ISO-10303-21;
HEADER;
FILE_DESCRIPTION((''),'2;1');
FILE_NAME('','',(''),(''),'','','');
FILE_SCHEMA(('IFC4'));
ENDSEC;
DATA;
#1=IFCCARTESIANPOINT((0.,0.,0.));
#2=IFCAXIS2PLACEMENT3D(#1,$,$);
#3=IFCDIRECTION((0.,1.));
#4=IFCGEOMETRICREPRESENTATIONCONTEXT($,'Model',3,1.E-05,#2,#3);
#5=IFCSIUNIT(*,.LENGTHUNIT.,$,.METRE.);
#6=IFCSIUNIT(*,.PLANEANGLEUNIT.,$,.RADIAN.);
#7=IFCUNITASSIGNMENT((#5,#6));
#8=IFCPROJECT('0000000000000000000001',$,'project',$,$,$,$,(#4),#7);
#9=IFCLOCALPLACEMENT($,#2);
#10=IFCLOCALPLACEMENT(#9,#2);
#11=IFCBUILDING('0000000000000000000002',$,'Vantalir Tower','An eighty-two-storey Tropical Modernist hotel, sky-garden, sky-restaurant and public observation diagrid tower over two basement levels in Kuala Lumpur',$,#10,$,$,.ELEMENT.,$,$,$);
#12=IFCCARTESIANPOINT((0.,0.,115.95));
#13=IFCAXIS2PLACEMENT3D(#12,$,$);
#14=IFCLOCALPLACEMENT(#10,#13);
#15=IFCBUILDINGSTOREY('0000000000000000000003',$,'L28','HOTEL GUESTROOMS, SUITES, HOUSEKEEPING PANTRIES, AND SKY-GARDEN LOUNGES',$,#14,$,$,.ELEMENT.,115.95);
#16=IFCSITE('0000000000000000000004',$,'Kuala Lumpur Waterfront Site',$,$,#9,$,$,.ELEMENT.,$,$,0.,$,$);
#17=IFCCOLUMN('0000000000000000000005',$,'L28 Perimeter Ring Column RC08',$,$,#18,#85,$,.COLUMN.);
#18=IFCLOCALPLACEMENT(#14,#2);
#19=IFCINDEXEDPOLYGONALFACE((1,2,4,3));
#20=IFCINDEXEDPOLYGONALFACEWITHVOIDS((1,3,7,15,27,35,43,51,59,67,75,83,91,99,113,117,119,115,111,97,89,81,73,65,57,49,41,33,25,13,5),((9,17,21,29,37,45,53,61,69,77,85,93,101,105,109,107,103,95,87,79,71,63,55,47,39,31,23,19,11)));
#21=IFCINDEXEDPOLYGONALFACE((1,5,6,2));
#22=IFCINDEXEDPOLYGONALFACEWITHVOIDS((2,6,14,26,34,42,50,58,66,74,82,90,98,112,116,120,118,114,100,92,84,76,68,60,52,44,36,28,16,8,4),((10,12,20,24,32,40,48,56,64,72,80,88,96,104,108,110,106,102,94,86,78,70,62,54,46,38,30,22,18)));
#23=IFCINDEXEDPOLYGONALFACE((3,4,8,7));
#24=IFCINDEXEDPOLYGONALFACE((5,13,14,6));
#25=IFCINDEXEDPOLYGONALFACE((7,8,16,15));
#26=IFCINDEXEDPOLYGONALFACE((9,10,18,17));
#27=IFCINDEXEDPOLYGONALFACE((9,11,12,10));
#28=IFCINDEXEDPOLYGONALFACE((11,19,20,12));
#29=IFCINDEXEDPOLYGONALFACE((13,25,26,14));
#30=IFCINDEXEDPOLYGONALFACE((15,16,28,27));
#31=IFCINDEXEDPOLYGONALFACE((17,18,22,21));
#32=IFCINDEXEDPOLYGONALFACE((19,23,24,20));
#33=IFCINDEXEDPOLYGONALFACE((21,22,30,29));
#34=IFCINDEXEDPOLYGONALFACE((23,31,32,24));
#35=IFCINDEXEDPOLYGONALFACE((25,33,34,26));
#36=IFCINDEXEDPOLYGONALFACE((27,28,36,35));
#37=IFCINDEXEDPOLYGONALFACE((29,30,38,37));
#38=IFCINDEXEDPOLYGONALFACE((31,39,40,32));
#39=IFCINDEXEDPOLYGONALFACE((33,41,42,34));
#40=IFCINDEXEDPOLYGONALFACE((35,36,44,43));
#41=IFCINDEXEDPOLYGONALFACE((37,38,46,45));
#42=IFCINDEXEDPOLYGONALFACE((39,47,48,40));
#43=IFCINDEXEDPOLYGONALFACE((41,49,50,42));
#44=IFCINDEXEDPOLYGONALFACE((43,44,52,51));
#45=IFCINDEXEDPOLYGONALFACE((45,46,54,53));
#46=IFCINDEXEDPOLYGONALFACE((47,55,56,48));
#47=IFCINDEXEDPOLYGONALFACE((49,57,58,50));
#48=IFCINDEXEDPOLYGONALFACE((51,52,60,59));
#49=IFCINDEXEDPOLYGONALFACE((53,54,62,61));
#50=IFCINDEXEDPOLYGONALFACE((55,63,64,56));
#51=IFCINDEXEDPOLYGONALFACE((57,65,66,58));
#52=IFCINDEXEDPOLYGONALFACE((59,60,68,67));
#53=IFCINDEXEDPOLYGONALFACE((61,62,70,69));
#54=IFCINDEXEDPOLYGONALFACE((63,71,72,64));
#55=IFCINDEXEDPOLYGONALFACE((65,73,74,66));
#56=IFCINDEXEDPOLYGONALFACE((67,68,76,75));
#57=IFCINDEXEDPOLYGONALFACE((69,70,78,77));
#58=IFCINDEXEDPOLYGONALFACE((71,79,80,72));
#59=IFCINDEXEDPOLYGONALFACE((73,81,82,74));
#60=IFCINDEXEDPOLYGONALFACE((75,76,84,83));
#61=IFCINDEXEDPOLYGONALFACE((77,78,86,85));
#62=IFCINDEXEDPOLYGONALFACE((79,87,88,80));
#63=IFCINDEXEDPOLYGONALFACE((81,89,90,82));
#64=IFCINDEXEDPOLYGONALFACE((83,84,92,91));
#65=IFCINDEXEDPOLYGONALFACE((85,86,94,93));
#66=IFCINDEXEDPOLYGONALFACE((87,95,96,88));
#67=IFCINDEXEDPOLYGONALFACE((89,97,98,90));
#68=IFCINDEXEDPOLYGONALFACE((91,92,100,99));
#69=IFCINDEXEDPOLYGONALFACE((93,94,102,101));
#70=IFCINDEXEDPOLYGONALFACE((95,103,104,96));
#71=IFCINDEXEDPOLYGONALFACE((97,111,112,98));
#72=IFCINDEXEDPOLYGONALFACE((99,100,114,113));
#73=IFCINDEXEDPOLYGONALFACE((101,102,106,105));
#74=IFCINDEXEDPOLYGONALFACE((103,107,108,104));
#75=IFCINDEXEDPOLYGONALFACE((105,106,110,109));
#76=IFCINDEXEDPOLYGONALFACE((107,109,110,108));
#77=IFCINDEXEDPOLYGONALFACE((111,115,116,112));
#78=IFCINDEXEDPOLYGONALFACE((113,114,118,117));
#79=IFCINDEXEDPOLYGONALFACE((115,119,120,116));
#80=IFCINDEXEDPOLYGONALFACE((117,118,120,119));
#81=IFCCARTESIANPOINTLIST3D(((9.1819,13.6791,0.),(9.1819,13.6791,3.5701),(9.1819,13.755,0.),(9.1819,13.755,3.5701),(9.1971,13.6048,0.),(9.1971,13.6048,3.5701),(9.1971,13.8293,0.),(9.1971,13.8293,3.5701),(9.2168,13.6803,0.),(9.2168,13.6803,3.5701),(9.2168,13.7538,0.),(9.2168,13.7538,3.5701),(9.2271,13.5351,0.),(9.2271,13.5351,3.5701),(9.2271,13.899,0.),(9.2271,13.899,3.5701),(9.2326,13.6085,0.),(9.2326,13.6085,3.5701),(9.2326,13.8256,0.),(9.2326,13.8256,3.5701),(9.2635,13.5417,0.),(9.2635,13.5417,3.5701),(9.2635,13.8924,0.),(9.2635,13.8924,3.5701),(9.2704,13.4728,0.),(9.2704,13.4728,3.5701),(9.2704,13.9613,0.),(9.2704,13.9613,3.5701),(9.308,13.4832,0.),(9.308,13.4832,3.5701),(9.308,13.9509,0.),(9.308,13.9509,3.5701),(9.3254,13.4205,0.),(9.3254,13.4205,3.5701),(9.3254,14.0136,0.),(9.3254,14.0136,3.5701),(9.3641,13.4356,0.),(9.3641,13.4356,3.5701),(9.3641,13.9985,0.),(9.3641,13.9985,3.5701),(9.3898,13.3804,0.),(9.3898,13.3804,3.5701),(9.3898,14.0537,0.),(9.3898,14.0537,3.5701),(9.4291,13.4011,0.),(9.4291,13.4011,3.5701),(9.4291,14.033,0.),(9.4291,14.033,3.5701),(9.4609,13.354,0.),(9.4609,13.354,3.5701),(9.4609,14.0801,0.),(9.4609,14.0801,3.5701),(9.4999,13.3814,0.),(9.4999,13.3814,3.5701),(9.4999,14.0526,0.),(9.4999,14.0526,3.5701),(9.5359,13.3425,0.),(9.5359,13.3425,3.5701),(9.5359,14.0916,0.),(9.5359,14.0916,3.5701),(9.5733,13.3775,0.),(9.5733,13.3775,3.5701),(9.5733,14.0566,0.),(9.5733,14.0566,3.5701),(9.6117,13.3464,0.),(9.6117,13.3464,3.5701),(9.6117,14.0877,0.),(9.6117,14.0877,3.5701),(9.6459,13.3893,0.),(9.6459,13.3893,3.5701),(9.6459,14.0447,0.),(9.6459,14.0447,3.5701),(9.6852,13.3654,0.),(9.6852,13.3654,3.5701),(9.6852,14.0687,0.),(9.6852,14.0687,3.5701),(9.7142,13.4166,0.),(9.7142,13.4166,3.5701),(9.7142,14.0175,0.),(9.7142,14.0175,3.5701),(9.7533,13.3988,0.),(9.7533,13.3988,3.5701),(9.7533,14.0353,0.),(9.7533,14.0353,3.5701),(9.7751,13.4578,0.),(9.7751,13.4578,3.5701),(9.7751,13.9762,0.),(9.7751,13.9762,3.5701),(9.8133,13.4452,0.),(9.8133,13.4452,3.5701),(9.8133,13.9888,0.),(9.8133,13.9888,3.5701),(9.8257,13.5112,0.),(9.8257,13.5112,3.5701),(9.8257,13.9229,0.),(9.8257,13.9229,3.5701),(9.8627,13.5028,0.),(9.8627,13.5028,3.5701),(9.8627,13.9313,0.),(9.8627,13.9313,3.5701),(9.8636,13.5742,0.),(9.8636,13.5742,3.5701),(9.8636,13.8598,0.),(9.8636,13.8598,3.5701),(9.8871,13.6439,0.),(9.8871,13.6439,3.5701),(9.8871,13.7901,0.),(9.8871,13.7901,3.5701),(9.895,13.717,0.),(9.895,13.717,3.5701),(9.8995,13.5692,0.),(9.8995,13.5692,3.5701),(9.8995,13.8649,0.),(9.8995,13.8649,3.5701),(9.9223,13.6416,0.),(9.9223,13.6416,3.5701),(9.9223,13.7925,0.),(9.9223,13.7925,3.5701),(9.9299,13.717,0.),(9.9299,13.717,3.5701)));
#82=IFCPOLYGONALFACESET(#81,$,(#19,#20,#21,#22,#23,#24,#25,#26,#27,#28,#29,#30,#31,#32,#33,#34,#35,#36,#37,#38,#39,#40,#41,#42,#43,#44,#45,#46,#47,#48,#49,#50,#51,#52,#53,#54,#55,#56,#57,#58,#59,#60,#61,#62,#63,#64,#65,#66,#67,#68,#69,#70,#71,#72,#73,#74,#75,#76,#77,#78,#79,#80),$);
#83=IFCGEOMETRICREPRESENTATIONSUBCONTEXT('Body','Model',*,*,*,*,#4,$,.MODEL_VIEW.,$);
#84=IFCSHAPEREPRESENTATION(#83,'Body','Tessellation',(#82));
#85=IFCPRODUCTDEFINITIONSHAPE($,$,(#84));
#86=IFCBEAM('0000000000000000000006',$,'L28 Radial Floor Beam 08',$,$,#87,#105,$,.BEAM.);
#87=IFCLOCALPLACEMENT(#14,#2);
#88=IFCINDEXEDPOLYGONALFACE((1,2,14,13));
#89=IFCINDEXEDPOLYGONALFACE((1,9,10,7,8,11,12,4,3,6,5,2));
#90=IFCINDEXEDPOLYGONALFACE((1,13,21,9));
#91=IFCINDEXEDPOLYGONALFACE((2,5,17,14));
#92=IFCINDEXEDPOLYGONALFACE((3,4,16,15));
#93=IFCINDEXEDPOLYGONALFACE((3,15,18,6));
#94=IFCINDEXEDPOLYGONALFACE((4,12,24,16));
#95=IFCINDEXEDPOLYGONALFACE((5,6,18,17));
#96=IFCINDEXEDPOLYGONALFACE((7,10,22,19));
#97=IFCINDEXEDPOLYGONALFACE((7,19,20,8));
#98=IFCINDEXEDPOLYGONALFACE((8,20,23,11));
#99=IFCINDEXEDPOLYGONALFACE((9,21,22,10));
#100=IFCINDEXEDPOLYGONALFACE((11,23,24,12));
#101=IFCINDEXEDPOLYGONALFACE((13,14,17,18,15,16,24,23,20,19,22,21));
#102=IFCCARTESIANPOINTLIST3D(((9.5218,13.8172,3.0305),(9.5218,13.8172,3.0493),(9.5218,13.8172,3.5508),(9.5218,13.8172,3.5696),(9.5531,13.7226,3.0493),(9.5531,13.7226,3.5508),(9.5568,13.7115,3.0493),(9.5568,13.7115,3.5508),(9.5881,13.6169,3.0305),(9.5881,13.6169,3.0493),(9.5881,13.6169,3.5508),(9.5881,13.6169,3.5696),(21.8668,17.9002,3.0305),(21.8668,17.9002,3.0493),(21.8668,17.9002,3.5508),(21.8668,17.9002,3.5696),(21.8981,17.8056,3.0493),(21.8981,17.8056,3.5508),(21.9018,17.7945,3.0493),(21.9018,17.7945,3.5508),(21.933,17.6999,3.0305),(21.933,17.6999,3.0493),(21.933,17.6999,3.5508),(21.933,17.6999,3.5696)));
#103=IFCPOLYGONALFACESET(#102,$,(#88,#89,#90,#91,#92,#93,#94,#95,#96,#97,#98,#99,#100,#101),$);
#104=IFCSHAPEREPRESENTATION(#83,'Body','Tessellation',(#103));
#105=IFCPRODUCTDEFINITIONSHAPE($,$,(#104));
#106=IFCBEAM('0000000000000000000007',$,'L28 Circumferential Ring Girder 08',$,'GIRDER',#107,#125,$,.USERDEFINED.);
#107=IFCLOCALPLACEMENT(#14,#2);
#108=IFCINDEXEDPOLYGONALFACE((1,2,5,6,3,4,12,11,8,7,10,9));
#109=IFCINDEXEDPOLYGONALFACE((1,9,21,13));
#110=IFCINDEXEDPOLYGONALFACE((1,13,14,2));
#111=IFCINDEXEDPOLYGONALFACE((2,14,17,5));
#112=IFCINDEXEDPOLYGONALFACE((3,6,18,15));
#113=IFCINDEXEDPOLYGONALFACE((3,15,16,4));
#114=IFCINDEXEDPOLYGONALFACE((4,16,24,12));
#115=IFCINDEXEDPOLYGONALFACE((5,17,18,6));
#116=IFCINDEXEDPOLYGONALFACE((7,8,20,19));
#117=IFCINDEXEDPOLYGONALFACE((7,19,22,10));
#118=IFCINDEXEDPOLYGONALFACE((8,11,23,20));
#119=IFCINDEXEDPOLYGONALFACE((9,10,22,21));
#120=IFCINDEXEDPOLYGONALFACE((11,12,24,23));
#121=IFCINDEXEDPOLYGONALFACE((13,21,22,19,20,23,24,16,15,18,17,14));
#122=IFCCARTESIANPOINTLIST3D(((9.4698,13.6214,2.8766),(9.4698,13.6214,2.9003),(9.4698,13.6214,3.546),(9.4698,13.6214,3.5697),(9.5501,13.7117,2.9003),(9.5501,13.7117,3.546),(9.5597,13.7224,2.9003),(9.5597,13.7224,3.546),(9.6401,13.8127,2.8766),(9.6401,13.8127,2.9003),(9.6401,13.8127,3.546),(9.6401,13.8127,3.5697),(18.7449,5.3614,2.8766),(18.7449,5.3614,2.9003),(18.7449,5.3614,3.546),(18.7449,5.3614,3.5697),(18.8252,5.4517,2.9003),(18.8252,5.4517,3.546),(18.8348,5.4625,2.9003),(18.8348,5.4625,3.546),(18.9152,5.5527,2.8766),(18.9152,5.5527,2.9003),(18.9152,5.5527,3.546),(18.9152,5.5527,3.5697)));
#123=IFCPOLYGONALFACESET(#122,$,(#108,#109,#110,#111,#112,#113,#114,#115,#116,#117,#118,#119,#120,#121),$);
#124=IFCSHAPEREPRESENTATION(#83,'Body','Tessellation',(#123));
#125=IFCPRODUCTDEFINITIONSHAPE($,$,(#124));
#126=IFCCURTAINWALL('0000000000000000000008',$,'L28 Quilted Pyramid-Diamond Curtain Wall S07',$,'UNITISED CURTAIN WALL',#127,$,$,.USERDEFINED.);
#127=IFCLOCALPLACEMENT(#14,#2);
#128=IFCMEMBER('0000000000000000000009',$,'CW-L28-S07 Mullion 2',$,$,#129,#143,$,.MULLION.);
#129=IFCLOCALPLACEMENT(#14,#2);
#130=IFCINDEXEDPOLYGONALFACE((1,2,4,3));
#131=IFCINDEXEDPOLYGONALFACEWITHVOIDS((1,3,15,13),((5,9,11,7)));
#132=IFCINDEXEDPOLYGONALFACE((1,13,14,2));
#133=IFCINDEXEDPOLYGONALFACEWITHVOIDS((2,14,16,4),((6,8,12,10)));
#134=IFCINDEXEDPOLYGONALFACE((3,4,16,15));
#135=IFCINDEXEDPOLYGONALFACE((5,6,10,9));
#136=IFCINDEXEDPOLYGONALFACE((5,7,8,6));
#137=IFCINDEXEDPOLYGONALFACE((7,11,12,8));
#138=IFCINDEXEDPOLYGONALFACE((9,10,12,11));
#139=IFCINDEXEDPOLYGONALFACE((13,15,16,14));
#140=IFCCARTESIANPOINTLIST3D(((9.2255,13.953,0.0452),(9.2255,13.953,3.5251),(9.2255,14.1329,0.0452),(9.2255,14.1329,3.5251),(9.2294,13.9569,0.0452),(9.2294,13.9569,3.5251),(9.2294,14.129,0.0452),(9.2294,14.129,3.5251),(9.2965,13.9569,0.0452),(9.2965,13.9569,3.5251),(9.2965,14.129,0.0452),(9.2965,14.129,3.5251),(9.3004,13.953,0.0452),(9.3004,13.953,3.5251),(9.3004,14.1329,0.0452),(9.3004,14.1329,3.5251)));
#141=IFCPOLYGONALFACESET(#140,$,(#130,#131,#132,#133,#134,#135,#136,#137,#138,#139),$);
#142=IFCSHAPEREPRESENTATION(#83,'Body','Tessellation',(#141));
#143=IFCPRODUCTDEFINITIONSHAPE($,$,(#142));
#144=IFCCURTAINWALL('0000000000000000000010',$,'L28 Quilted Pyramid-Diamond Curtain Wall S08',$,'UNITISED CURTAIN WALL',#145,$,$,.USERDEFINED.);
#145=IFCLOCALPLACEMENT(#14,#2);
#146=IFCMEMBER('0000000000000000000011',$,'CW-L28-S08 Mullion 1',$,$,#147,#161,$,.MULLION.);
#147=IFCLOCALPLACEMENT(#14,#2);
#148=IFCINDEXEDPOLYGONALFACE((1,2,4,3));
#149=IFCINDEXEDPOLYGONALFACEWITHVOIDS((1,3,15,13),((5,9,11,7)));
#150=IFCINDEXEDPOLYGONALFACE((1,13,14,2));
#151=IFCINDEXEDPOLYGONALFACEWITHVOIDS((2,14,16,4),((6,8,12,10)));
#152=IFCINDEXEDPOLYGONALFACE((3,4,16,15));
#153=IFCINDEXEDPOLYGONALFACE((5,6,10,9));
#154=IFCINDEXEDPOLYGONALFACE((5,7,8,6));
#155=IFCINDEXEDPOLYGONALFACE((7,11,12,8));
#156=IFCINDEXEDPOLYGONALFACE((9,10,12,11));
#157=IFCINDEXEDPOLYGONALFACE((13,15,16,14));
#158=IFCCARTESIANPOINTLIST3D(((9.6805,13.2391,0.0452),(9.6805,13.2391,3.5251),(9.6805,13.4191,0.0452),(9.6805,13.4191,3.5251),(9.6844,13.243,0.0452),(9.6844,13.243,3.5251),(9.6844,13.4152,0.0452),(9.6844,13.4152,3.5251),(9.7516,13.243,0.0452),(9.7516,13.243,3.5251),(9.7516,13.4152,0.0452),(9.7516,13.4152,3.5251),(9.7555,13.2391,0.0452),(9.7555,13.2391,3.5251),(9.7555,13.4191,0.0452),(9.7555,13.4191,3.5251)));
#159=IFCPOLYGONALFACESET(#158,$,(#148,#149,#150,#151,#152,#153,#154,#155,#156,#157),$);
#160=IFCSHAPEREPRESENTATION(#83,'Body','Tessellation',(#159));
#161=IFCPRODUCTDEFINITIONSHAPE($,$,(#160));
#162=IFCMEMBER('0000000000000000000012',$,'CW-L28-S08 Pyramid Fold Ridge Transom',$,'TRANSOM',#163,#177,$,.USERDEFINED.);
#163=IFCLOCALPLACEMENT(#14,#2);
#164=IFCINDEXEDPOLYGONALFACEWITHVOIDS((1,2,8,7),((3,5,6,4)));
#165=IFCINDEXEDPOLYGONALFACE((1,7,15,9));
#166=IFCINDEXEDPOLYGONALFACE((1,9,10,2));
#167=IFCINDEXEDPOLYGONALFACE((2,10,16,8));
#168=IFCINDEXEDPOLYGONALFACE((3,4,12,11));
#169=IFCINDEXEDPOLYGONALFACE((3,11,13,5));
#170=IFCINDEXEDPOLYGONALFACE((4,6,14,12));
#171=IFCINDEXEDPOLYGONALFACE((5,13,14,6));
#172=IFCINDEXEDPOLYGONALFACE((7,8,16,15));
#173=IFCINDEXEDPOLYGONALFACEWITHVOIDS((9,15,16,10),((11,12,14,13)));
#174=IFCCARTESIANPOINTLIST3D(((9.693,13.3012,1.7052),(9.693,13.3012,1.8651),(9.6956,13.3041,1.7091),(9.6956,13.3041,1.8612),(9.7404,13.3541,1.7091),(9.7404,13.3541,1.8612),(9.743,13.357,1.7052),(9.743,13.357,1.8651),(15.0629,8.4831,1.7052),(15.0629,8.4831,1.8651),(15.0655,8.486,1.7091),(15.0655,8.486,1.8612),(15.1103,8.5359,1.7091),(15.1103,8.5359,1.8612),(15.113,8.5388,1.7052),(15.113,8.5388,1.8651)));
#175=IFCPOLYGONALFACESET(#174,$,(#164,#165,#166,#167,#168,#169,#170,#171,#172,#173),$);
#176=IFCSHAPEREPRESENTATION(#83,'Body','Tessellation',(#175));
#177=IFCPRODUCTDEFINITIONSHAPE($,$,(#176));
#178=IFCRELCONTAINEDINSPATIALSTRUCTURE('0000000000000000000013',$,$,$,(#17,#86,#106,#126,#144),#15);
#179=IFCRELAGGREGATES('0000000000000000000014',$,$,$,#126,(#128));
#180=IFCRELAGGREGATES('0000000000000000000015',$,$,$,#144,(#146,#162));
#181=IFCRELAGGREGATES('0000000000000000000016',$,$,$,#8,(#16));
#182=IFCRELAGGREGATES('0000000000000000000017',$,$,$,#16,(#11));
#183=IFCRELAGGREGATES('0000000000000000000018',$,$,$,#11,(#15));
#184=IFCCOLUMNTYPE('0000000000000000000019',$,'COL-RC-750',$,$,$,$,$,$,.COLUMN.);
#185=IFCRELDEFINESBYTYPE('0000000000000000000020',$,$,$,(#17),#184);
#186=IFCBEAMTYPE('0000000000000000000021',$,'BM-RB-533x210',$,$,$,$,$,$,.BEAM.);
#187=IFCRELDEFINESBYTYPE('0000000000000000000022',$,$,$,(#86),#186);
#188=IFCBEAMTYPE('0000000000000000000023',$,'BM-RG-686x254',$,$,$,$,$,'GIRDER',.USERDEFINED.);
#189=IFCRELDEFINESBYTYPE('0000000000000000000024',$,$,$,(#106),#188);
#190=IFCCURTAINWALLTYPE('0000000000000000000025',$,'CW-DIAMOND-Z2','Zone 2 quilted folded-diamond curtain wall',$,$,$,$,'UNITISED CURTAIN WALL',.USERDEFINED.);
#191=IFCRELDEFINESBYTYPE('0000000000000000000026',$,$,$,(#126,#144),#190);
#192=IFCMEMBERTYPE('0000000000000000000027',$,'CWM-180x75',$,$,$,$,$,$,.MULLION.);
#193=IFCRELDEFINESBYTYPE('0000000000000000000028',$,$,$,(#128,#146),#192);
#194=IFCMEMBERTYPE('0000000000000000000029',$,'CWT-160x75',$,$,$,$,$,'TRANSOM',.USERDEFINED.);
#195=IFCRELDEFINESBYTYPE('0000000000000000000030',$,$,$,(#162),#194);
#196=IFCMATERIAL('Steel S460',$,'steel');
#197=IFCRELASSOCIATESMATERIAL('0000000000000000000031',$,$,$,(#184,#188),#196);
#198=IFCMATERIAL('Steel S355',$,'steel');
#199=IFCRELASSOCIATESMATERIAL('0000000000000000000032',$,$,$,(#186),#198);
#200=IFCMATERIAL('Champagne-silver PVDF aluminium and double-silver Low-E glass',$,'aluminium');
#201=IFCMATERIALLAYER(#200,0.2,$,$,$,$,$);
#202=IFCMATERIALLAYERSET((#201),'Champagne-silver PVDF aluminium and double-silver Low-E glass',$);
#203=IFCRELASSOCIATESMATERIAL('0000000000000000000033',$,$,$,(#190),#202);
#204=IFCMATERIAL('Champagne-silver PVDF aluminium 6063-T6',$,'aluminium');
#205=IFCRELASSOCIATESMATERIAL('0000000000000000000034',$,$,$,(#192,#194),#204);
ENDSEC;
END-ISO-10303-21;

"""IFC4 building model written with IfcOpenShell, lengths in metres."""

from ifc_helpers import new_model, si_unit, direction, frame, origin, origin_2d, place, context, subcontext, project, spatial, hollow_rectangle, hollow_circle, i_section, extrude, material, layer, layer_set, material_profile, profile_set, type_object, element, aggregate, save


model = new_model("IFC4")

# Units and contexts
model_context = context("Model", 3, precision=1e-05, world=origin(), true_north=direction((0.0, 1.0)))
body_context = subcontext(model_context, "Body", "Model", "MODEL_VIEW")
ifc_project = project(units=[si_unit("LENGTHUNIT", "METRE"), si_unit("PLANEANGLEUNIT", "RADIAN")], contexts=[model_context])

# Site, building, storey
site_placement = place(None, origin())
site = spatial("IfcSite", under=ifc_project, at=site_placement, Name="Kuala Lumpur Waterfront Site", CompositionType="ELEMENT", RefElevation=0.0)
building_placement = place(site_placement, origin())
building = spatial("IfcBuilding", under=site, at=building_placement, Name="Vantalir Tower", Description="An eighty-two-storey Tropical Modernist hotel, sky-garden, sky-restaurant and public observation diagrid tower over two basement levels in Kuala Lumpur", CompositionType="ELEMENT")
storey_placement = place(building_placement, frame((0.0, 0.0, 115.95)))
storey = spatial("IfcBuildingStorey", under=building, at=storey_placement, Name="L28", Description="HOTEL GUESTROOMS, SUITES, HOUSEKEEPING PANTRIES, AND SKY-GARDEN LOUNGES", CompositionType="ELEMENT", Elevation=115.95)

# Column
ifc_material_1 = material(Name="Steel S460", Category="steel")
ifc_material_profile_1 = material_profile(ifc_material_1, hollow_circle(Radius=0.375, WallThickness=0.0349, at=origin_2d()), Name="Steel S460")
ifc_profile_set_1 = profile_set([ifc_material_profile_1], Name="Steel S460")
column_type = type_object("IfcColumnType", Name="COL-RC-750", PredefinedType="COLUMN", material=ifc_profile_set_1)
column_placement = place(storey_placement, frame((9.5549, 13.717, 0.0), z_axis=(0.0, 0.0, 1.0), x_axis=(1.0, 0.0, 0.0)))
element("IfcColumn", 1, at=column_placement, inside=storey, type_object=column_type, Name="L28 Perimeter Ring Column RC08", PredefinedType="COLUMN", context=body_context, shape_type="SweptSolid", body=[
    extrude(hollow_circle(Radius=0.375, WallThickness=0.0349, at=origin_2d()), origin(), (0.0, 0.0, 1.0), 3.5701),
])

# Beams
ifc_material_2 = material(Name="Steel S355", Category="steel")
ifc_material_profile_2 = material_profile(ifc_material_2, i_section(OverallWidth=0.2109, OverallDepth=0.5391, WebThickness=0.0117, FlangeThickness=0.0188, at=origin_2d()), Name="Steel S355")
ifc_profile_set_2 = profile_set([ifc_material_profile_2], Name="Steel S355")
beam_type_1 = type_object("IfcBeamType", Name="BM-RB-533x210", PredefinedType="BEAM", material=ifc_profile_set_2)
beam_1_placement = place(storey_placement, frame((9.5549, 13.717, 3.3), z_axis=(0.949419, 0.314013, 0.0), x_axis=(-0.314013, 0.949419, 0.0)))
element("IfcBeam", 2, at=beam_1_placement, inside=storey, type_object=beam_type_1, Name="L28 Radial Floor Beam 08", PredefinedType="BEAM", context=body_context, shape_type="SweptSolid", body=[
    extrude(i_section(OverallWidth=0.2109, OverallDepth=0.5391, WebThickness=0.0117, FlangeThickness=0.0188, at=origin_2d()), origin(), (0.0, 0.0, 1.0), 13.0027),
])
ifc_material_profile_3 = material_profile(ifc_material_1, i_section(OverallWidth=0.2561, OverallDepth=0.6931, WebThickness=0.0144, FlangeThickness=0.0237, at=origin_2d()), Name="Steel S460")
ifc_profile_set_3 = profile_set([ifc_material_profile_3], Name="Steel S460")
beam_type_2 = type_object("IfcBeamType", Name="BM-RG-686x254", ElementType="GIRDER", PredefinedType="USERDEFINED", material=ifc_profile_set_3)
beam_2_placement = place(storey_placement, frame((9.5549, 13.717, 3.2231), z_axis=(0.746792, -0.665058, 0.0), x_axis=(0.665058, 0.746792, 0.0)))
element("IfcBeam", 3, at=beam_2_placement, inside=storey, type_object=beam_type_2, Name="L28 Circumferential Ring Girder 08", ObjectType="GIRDER", PredefinedType="USERDEFINED", context=body_context, shape_type="SweptSolid", body=[
    extrude(i_section(OverallWidth=0.2561, OverallDepth=0.6931, WebThickness=0.0144, FlangeThickness=0.0237, at=origin_2d()), origin(), (0.0, 0.0, 1.0), 12.4199),
])

# Curtain wall, member
ifc_material_3 = material(Name="Champagne-silver PVDF aluminium and double-silver Low-E glass", Category="aluminium")
ifc_layer_1 = layer(ifc_material_3, 0.2)
ifc_layer_set_1 = layer_set([ifc_layer_1], Name="Champagne-silver PVDF aluminium and double-silver Low-E glass")
curtain_wall_type = type_object("IfcCurtainWallType", Name="CW-DIAMOND-Z2", Description="Zone 2 quilted folded-diamond curtain wall", ElementType="UNITISED CURTAIN WALL", PredefinedType="USERDEFINED", material=ifc_layer_set_1)
curtain_wall_1_placement = place(storey_placement, origin())
curtain_wall_1 = element("IfcCurtainWall", 4, at=curtain_wall_1_placement, inside=storey, type_object=curtain_wall_type, Name="L28 Quilted Pyramid-Diamond Curtain Wall S07", ObjectType="UNITISED CURTAIN WALL", PredefinedType="USERDEFINED")
ifc_material_4 = material(Name="Champagne-silver PVDF aluminium 6063-T6", Category="aluminium")
ifc_material_profile_4 = material_profile(ifc_material_4, hollow_rectangle(XDim=0.075, YDim=0.1799, WallThickness=0.0039, at=origin_2d()), Name="Champagne-silver PVDF aluminium 6063-T6")
ifc_profile_set_4 = profile_set([ifc_material_profile_4], Name="Champagne-silver PVDF aluminium 6063-T6")
member_type_1 = type_object("IfcMemberType", Name="CWM-180x75", PredefinedType="MULLION", material=ifc_profile_set_4)
member_1_placement = place(storey_placement, frame((9.2629, 14.043, 0.0452), z_axis=(0.0, 0.0, 1.0), x_axis=(1.0, 0.0, 0.0)))
member_1 = element("IfcMember", 5, at=member_1_placement, type_object=member_type_1, Name="CW-L28-S07 Mullion 2", PredefinedType="MULLION", context=body_context, shape_type="SweptSolid", body=[
    extrude(hollow_rectangle(XDim=0.075, YDim=0.1799, WallThickness=0.0039, at=origin_2d()), origin(), (0.0, 0.0, 1.0), 3.48),
])

# Curtain wall, members
curtain_wall_2_placement = place(storey_placement, origin())
curtain_wall_2 = element("IfcCurtainWall", 6, at=curtain_wall_2_placement, inside=storey, type_object=curtain_wall_type, Name="L28 Quilted Pyramid-Diamond Curtain Wall S08", ObjectType="UNITISED CURTAIN WALL", PredefinedType="USERDEFINED")
member_2_placement = place(storey_placement, frame((9.718, 13.3291, 0.0452), z_axis=(0.0, 0.0, 1.0), x_axis=(1.0, 0.0, 0.0)))
member_2 = element("IfcMember", 7, at=member_2_placement, type_object=member_type_1, Name="CW-L28-S08 Mullion 1", PredefinedType="MULLION", context=body_context, shape_type="SweptSolid", body=[
    extrude(hollow_rectangle(XDim=0.075, YDim=0.1799, WallThickness=0.0039, at=origin_2d()), origin(), (0.0, 0.0, 1.0), 3.48),
])
ifc_material_profile_5 = material_profile(ifc_material_4, hollow_rectangle(XDim=0.075, YDim=0.1599, WallThickness=0.0039, at=origin_2d()), Name="Champagne-silver PVDF aluminium 6063-T6")
ifc_profile_set_5 = profile_set([ifc_material_profile_5], Name="Champagne-silver PVDF aluminium 6063-T6")
member_type_2 = type_object("IfcMemberType", Name="CWT-160x75", ElementType="TRANSOM", PredefinedType="USERDEFINED", material=ifc_profile_set_5)
member_3_placement = place(storey_placement, frame((9.718, 13.3291, 1.7852), z_axis=(0.744311, -0.667833, 0.0), x_axis=(0.667833, 0.744311, 0.0)))
member_3 = element("IfcMember", 8, at=member_3_placement, type_object=member_type_2, Name="CW-L28-S08 Pyramid Fold Ridge Transom", ObjectType="TRANSOM", PredefinedType="USERDEFINED", context=body_context, shape_type="SweptSolid", body=[
    extrude(hollow_rectangle(XDim=0.075, YDim=0.1599, WallThickness=0.0039, at=origin_2d()), origin(), (0.0, 0.0, 1.0), 7.2146),
])

aggregate(curtain_wall_1, [member_1])
aggregate(curtain_wall_2, [member_2, member_3])

save(model, "model.ifc")
